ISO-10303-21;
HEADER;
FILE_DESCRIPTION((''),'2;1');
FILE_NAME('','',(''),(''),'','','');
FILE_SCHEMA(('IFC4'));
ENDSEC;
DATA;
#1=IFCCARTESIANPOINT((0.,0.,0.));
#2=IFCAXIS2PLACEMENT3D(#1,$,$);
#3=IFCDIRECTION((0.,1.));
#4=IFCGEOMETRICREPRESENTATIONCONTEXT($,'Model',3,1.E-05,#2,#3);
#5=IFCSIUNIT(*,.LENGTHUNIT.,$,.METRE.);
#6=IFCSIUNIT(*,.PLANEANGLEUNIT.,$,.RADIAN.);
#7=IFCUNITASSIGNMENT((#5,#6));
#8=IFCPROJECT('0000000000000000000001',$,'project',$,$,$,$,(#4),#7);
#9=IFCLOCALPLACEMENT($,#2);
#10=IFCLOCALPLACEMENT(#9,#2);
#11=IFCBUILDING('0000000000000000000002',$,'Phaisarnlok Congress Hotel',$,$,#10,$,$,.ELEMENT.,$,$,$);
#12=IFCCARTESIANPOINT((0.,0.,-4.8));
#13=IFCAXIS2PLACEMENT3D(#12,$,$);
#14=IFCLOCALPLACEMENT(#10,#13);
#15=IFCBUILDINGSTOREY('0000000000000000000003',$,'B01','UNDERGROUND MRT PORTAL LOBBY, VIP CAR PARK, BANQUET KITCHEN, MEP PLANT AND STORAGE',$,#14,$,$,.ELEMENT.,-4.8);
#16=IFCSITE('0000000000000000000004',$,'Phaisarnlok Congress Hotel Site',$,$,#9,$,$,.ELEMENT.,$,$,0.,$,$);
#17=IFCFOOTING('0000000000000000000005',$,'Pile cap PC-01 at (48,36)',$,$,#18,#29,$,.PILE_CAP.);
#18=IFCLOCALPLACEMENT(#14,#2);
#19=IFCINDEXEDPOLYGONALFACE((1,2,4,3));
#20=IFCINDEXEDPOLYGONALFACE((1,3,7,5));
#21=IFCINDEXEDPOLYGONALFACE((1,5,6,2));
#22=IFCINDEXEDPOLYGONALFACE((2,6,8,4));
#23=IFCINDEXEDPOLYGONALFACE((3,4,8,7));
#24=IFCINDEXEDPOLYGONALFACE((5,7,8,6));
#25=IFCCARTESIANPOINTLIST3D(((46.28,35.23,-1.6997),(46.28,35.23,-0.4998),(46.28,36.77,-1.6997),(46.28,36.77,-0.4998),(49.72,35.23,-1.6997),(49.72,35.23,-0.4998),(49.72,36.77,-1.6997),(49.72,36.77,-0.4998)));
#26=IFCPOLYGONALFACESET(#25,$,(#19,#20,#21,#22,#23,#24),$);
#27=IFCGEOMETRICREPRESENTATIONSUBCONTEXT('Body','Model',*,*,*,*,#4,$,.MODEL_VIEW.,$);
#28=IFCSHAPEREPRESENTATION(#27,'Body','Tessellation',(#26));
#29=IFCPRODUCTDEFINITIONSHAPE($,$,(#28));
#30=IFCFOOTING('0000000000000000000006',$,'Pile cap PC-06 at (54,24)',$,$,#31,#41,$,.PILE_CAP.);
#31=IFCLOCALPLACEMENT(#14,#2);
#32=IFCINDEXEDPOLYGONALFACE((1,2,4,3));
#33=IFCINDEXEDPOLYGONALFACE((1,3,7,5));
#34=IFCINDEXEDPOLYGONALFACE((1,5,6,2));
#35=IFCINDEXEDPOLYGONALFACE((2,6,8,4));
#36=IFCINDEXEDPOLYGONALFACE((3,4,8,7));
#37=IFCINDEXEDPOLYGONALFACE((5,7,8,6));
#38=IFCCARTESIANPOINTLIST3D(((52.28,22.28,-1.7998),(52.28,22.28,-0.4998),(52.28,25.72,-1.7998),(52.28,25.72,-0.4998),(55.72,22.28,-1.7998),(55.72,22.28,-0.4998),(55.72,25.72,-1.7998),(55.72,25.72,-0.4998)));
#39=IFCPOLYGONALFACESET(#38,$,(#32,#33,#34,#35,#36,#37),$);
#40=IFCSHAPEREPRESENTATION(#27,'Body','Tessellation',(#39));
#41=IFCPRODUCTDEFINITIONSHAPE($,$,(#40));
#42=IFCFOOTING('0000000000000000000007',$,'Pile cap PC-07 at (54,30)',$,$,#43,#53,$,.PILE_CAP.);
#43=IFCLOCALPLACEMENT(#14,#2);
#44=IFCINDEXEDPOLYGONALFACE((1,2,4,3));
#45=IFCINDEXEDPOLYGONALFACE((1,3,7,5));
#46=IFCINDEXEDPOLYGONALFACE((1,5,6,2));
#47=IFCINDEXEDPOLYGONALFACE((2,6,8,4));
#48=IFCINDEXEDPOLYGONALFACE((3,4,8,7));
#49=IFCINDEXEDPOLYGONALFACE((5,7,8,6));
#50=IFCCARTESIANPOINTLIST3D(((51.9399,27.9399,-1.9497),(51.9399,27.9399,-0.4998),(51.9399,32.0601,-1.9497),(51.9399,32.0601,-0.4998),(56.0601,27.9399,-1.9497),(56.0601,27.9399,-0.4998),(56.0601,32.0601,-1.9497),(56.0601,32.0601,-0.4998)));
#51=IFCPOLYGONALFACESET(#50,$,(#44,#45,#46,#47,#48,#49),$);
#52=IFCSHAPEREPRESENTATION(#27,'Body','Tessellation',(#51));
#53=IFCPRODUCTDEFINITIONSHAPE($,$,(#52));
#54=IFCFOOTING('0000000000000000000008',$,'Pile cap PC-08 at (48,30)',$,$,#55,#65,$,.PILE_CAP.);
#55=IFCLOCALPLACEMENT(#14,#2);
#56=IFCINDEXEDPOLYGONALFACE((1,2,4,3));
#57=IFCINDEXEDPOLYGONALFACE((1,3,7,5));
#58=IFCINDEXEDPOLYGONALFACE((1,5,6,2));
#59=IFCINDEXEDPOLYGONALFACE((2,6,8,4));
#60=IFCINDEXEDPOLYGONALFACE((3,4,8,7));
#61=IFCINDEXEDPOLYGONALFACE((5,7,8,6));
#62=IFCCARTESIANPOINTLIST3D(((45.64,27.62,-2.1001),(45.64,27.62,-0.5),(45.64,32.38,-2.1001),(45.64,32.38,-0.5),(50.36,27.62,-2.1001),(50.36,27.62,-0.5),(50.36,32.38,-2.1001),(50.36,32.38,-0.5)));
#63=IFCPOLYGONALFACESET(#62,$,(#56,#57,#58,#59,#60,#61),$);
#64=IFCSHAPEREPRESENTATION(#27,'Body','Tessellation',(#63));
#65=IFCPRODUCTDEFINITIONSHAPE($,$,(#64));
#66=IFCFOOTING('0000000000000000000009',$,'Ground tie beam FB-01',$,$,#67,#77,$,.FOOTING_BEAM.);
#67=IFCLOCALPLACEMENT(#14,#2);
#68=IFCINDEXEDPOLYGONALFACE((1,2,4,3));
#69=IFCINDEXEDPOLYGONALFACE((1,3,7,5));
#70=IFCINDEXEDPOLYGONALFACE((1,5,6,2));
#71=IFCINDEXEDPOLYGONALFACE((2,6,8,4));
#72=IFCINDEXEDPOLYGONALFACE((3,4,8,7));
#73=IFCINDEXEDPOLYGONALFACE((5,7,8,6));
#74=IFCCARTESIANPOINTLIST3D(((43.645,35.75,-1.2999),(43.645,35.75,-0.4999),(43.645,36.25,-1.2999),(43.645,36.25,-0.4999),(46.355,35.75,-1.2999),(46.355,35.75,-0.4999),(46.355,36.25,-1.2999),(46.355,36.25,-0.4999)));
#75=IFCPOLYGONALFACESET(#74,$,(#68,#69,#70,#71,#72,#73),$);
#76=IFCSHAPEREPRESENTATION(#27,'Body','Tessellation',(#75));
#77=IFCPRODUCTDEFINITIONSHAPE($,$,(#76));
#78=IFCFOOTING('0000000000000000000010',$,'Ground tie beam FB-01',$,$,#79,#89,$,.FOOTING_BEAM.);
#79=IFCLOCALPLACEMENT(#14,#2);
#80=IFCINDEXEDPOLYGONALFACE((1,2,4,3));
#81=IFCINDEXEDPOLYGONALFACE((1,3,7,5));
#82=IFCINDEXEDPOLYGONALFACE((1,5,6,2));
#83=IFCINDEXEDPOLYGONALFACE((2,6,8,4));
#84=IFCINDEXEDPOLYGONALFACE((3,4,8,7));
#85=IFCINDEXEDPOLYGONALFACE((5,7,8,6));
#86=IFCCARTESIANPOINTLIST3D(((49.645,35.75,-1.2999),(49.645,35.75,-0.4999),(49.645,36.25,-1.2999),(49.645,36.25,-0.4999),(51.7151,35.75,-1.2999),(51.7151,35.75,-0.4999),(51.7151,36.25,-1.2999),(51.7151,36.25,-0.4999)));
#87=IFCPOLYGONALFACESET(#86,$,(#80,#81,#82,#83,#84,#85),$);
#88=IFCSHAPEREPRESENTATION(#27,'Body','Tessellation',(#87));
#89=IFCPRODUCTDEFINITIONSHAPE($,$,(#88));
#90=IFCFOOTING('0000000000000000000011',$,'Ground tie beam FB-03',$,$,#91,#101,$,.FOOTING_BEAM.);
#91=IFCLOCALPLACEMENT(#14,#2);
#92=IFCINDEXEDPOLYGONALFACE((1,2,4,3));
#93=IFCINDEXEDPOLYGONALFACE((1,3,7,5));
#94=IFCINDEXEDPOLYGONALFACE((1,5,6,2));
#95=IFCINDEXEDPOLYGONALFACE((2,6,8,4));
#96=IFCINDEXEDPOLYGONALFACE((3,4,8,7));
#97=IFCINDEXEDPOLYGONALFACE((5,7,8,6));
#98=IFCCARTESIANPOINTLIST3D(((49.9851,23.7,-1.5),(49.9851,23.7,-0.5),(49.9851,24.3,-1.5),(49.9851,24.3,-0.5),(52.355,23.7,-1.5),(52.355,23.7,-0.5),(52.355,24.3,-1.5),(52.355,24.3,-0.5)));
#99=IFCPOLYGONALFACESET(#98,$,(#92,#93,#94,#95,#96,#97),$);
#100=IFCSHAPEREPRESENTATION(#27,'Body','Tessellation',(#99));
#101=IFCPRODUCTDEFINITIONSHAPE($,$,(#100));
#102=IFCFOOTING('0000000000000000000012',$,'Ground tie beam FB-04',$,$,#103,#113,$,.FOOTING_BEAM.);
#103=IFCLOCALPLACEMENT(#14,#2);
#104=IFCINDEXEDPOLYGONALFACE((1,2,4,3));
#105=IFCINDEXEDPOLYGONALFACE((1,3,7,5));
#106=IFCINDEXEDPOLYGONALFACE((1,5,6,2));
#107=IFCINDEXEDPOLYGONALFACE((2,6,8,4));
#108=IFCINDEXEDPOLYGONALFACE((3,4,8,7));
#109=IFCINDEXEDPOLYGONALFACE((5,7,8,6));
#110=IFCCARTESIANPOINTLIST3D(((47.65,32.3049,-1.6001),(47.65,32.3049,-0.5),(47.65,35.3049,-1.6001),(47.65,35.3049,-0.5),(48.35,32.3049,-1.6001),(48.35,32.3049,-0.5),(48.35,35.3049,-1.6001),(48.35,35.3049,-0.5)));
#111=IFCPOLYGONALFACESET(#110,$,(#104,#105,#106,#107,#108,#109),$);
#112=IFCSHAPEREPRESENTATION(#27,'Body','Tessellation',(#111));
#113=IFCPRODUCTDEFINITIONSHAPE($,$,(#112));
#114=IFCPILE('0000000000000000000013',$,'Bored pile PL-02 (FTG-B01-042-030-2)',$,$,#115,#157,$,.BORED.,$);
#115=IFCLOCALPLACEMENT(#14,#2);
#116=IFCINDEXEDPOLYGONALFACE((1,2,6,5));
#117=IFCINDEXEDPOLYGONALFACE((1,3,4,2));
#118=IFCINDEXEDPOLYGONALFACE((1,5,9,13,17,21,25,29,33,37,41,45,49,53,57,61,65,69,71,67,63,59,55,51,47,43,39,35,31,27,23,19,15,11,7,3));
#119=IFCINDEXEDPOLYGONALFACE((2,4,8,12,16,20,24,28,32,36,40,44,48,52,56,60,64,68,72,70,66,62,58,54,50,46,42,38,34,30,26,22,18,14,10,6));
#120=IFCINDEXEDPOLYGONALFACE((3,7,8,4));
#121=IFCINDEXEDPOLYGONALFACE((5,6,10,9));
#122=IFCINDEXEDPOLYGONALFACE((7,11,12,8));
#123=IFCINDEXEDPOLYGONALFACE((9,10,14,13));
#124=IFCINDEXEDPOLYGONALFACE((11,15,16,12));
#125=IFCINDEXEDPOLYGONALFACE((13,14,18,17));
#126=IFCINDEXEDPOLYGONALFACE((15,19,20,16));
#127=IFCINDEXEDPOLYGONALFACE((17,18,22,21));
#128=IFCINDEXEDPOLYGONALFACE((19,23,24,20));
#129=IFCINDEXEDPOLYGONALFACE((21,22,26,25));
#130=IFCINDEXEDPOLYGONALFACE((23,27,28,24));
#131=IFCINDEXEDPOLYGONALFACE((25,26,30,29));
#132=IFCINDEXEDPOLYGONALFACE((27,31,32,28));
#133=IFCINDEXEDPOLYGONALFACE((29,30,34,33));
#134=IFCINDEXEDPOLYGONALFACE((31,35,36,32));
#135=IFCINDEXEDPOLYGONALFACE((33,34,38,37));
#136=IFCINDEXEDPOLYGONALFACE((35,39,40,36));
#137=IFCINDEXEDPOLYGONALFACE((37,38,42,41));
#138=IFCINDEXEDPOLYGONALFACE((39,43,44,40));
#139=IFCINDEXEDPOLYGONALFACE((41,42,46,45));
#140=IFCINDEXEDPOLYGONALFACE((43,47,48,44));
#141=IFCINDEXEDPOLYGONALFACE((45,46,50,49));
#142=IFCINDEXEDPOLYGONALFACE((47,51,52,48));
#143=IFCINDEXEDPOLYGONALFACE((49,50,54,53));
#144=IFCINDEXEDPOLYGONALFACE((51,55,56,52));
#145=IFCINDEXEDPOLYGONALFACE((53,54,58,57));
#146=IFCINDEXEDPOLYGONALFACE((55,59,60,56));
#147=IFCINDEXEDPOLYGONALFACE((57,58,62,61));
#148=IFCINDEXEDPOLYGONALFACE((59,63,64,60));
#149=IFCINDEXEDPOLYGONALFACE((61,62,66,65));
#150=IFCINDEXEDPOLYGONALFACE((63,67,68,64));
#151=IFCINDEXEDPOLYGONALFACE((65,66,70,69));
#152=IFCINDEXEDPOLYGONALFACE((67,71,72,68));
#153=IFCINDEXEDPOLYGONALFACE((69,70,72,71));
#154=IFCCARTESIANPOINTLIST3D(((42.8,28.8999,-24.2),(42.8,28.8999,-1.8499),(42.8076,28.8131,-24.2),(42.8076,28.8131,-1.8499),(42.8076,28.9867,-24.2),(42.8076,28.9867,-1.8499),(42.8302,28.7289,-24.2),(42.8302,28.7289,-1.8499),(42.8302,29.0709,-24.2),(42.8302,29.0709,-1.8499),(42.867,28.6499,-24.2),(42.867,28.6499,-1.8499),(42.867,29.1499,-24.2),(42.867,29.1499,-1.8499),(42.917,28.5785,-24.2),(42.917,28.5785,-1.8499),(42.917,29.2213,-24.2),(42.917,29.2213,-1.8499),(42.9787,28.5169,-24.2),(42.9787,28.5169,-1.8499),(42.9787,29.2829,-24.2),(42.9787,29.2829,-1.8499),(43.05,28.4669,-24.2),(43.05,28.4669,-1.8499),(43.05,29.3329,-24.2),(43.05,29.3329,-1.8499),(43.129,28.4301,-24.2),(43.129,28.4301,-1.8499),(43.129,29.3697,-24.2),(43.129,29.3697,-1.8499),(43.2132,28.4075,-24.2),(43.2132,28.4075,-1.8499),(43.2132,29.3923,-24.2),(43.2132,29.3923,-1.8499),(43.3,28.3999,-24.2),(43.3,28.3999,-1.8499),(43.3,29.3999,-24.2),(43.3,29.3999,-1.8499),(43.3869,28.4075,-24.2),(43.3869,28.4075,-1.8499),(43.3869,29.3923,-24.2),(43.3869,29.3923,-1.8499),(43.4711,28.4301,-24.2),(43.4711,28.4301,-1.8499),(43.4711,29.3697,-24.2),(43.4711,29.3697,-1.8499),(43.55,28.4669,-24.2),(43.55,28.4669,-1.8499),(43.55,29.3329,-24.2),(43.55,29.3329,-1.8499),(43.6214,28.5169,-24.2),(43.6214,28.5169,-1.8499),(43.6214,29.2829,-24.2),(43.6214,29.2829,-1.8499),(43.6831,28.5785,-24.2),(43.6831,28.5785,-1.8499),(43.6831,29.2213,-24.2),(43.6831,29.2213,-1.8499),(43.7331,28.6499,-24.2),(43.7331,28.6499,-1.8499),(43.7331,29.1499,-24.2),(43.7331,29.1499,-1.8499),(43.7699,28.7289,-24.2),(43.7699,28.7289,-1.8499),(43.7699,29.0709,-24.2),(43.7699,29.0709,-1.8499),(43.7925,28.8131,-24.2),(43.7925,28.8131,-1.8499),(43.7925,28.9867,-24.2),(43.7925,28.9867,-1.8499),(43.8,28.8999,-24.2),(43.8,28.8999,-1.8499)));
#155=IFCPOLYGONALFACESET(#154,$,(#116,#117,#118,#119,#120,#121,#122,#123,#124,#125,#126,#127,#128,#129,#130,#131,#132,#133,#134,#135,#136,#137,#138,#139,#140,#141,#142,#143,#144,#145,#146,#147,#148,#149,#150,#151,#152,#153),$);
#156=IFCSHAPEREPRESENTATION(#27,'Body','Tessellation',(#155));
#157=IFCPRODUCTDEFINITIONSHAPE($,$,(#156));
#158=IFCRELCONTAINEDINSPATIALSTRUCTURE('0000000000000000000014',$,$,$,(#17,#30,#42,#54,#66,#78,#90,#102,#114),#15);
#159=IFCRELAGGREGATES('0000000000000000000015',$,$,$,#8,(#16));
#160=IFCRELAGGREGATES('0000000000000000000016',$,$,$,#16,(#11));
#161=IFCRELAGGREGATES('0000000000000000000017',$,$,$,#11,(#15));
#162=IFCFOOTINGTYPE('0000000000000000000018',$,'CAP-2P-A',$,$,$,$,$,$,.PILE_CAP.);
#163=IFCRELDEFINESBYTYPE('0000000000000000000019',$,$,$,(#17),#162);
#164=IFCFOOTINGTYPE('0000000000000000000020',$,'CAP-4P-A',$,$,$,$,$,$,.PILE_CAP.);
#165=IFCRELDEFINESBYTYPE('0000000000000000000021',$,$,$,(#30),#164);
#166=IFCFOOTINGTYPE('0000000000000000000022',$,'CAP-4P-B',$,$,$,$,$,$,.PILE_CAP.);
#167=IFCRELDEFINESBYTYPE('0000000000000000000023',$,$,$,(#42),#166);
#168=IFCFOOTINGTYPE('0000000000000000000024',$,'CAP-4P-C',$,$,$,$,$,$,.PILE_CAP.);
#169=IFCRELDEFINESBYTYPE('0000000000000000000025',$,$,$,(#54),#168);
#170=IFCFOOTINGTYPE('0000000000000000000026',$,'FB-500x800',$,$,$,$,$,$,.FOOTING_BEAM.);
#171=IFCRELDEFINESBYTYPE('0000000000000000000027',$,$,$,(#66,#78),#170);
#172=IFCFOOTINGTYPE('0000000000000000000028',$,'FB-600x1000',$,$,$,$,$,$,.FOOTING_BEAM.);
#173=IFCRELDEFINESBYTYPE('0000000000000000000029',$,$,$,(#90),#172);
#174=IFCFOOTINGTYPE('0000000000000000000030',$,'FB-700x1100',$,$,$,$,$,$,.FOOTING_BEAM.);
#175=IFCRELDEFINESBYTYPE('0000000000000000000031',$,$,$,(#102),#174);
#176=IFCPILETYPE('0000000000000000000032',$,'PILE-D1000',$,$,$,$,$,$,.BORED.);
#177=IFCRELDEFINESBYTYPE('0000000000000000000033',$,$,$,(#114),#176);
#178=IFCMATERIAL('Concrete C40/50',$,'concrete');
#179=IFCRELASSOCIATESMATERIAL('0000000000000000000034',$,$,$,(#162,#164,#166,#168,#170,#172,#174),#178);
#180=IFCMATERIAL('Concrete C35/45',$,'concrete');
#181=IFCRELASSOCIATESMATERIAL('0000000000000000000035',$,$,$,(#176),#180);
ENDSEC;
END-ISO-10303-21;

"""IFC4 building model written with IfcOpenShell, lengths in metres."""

from ifc_helpers import new_model, si_unit, direction, frame, origin, origin_2d, place, context, subcontext, project, spatial, rectangle, circle, extrude, material, material_profile, profile_set, type_object, element, save


model = new_model("IFC4")

# Units and contexts
model_context = context("Model", 3, precision=1e-05, world=origin(), true_north=direction((0.0, 1.0)))
body_context = subcontext(model_context, "Body", "Model", "MODEL_VIEW")
ifc_project = project(units=[si_unit("LENGTHUNIT", "METRE"), si_unit("PLANEANGLEUNIT", "RADIAN")], contexts=[model_context])

# Site, building, storey
site_placement = place(None, origin())
site = spatial("IfcSite", under=ifc_project, at=site_placement, Name="Phaisarnlok Congress Hotel Site", CompositionType="ELEMENT", RefElevation=0.0)
building_placement = place(site_placement, origin())
building = spatial("IfcBuilding", under=site, at=building_placement, Name="Phaisarnlok Congress Hotel", CompositionType="ELEMENT")
storey_placement = place(building_placement, frame((0.0, 0.0, -4.8)))
storey = spatial("IfcBuildingStorey", under=building, at=storey_placement, Name="B01", Description="UNDERGROUND MRT PORTAL LOBBY, VIP CAR PARK, BANQUET KITCHEN, MEP PLANT AND STORAGE", CompositionType="ELEMENT", Elevation=-4.8)

# Footings
ifc_material_1 = material(Name="Concrete C40/50", Category="concrete")
footing_type_1 = type_object("IfcFootingType", Name="CAP-2P-A", PredefinedType="PILE_CAP", material=ifc_material_1)
footing_1_placement = place(storey_placement, frame((48.0, 36.0, -1.6997), z_axis=(0.0, 0.0, 1.0), x_axis=(1.0, 0.0, 0.0)))
element("IfcFooting", 1, at=footing_1_placement, inside=storey, type_object=footing_type_1, Name="Pile cap PC-01 at (48,36)", PredefinedType="PILE_CAP", context=body_context, shape_type="SweptSolid", body=[
    extrude(rectangle(XDim=3.4399, YDim=1.54, at=origin_2d()), origin(), (0.0, 0.0, 1.0), 1.2),
])
footing_type_2 = type_object("IfcFootingType", Name="CAP-4P-A", PredefinedType="PILE_CAP", material=ifc_material_1)
footing_2_placement = place(storey_placement, frame((54.0, 24.0, -1.7998), z_axis=(0.0, 0.0, 1.0), x_axis=(1.0, 0.0, 0.0)))
element("IfcFooting", 2, at=footing_2_placement, inside=storey, type_object=footing_type_2, Name="Pile cap PC-06 at (54,24)", PredefinedType="PILE_CAP", context=body_context, shape_type="SweptSolid", body=[
    extrude(rectangle(XDim=3.4399, YDim=3.4399, at=origin_2d()), origin(), (0.0, 0.0, 1.0), 1.3),
])
footing_type_3 = type_object("IfcFootingType", Name="CAP-4P-B", PredefinedType="PILE_CAP", material=ifc_material_1)
footing_3_placement = place(storey_placement, frame((54.0, 30.0, -1.9497), z_axis=(0.0, 0.0, 1.0), x_axis=(1.0, 0.0, 0.0)))
element("IfcFooting", 3, at=footing_3_placement, inside=storey, type_object=footing_type_3, Name="Pile cap PC-07 at (54,30)", PredefinedType="PILE_CAP", context=body_context, shape_type="SweptSolid", body=[
    extrude(rectangle(XDim=4.1201, YDim=4.1201, at=origin_2d()), origin(), (0.0, 0.0, 1.0), 1.45),
])
footing_type_4 = type_object("IfcFootingType", Name="CAP-4P-C", PredefinedType="PILE_CAP", material=ifc_material_1)
footing_4_placement = place(storey_placement, frame((48.0, 30.0, -2.1001), z_axis=(0.0, 0.0, 1.0), x_axis=(1.0, 0.0, 0.0)))
element("IfcFooting", 4, at=footing_4_placement, inside=storey, type_object=footing_type_4, Name="Pile cap PC-08 at (48,30)", PredefinedType="PILE_CAP", context=body_context, shape_type="SweptSolid", body=[
    extrude(rectangle(XDim=4.72, YDim=4.76, at=origin_2d()), origin(), (0.0, 0.0, 1.0), 1.6001),
])
ifc_material_profile_1 = material_profile(ifc_material_1, rectangle(XDim=0.5, YDim=0.8, at=origin_2d()), Name="FB-500x800")
ifc_profile_set_1 = profile_set([ifc_material_profile_1], Name="Concrete C40/50")
footing_type_5 = type_object("IfcFootingType", Name="FB-500x800", PredefinedType="FOOTING_BEAM", material=ifc_profile_set_1)
footing_5_placement = place(storey_placement, frame((43.645, 36.0, -0.8999), z_axis=(1.0, 0.0, 0.0), x_axis=(0.0, 1.0, 0.0)))
element("IfcFooting", 5, at=footing_5_placement, inside=storey, type_object=footing_type_5, Name="Ground tie beam FB-01", PredefinedType="FOOTING_BEAM", context=body_context, shape_type="SweptSolid", body=[
    extrude(rectangle(XDim=0.5, YDim=0.8, at=origin_2d()), origin(), (0.0, 0.0, 1.0), 2.71),
])
footing_6_placement = place(storey_placement, frame((49.645, 36.0, -0.8999), z_axis=(1.0, 0.0, 0.0), x_axis=(0.0, 1.0, 0.0)))
element("IfcFooting", 6, at=footing_6_placement, inside=storey, type_object=footing_type_5, Name="Ground tie beam FB-01", PredefinedType="FOOTING_BEAM", context=body_context, shape_type="SweptSolid", body=[
    extrude(rectangle(XDim=0.5, YDim=0.8, at=origin_2d()), origin(), (0.0, 0.0, 1.0), 2.0701),
])
ifc_material_profile_2 = material_profile(ifc_material_1, rectangle(XDim=0.6001, YDim=1.0, at=origin_2d()), Name="FB-600x1000")
ifc_profile_set_2 = profile_set([ifc_material_profile_2], Name="Concrete C40/50")
footing_type_6 = type_object("IfcFootingType", Name="FB-600x1000", PredefinedType="FOOTING_BEAM", material=ifc_profile_set_2)
footing_7_placement = place(storey_placement, frame((49.9851, 24.0, -1.0), z_axis=(1.0, 0.0, 0.0), x_axis=(0.0, 1.0, 0.0)))
element("IfcFooting", 7, at=footing_7_placement, inside=storey, type_object=footing_type_6, Name="Ground tie beam FB-03", PredefinedType="FOOTING_BEAM", context=body_context, shape_type="SweptSolid", body=[
    extrude(rectangle(XDim=0.6001, YDim=1.0, at=origin_2d()), origin(), (0.0, 0.0, 1.0), 2.3699),
])
ifc_material_profile_3 = material_profile(ifc_material_1, rectangle(XDim=0.7, YDim=1.1001, at=origin_2d()), Name="FB-700x1100")
ifc_profile_set_3 = profile_set([ifc_material_profile_3], Name="Concrete C40/50")
footing_type_7 = type_object("IfcFootingType", Name="FB-700x1100", PredefinedType="FOOTING_BEAM", material=ifc_profile_set_3)
footing_8_placement = place(storey_placement, frame((48.0, 32.3049, -1.05), z_axis=(0.0, 1.0, 0.0), x_axis=(-1.0, 0.0, 0.0)))
element("IfcFooting", 8, at=footing_8_placement, inside=storey, type_object=footing_type_7, Name="Ground tie beam FB-04", PredefinedType="FOOTING_BEAM", context=body_context, shape_type="SweptSolid", body=[
    extrude(rectangle(XDim=0.7, YDim=1.1001, at=origin_2d()), origin(), (0.0, 0.0, 1.0), 3.0),
])

# Pile
ifc_material_2 = material(Name="Concrete C35/45", Category="concrete")
ifc_material_profile_4 = material_profile(ifc_material_2, circle(Radius=0.5, at=origin_2d()), Name="BORED PILE D1000")
ifc_profile_set_4 = profile_set([ifc_material_profile_4], Name="Concrete C35/45")
pile_type_1 = type_object("IfcPileType", Name="PILE-D1000", PredefinedType="BORED", material=ifc_profile_set_4)
for number, where, z_axis, x_axis, name in (
    (9, (43.3, 28.8999, -1.8499), (0.0, 0.0, -1.0), (1.0, 0.0, 0.0), "Bored pile PL-02 (FTG-B01-042-030-2)"),
):
    element("IfcPile", number, at=place(storey_placement, frame(where, z_axis=z_axis, x_axis=x_axis)), inside=storey, type_object=pile_type_1, Name=name, PredefinedType="BORED", context=body_context, shape_type="SweptSolid", body=[
        extrude(circle(Radius=0.5, at=origin_2d()), origin(), (0.0, 0.0, 1.0), 22.3501),
    ])

save(model, "model.ifc")
